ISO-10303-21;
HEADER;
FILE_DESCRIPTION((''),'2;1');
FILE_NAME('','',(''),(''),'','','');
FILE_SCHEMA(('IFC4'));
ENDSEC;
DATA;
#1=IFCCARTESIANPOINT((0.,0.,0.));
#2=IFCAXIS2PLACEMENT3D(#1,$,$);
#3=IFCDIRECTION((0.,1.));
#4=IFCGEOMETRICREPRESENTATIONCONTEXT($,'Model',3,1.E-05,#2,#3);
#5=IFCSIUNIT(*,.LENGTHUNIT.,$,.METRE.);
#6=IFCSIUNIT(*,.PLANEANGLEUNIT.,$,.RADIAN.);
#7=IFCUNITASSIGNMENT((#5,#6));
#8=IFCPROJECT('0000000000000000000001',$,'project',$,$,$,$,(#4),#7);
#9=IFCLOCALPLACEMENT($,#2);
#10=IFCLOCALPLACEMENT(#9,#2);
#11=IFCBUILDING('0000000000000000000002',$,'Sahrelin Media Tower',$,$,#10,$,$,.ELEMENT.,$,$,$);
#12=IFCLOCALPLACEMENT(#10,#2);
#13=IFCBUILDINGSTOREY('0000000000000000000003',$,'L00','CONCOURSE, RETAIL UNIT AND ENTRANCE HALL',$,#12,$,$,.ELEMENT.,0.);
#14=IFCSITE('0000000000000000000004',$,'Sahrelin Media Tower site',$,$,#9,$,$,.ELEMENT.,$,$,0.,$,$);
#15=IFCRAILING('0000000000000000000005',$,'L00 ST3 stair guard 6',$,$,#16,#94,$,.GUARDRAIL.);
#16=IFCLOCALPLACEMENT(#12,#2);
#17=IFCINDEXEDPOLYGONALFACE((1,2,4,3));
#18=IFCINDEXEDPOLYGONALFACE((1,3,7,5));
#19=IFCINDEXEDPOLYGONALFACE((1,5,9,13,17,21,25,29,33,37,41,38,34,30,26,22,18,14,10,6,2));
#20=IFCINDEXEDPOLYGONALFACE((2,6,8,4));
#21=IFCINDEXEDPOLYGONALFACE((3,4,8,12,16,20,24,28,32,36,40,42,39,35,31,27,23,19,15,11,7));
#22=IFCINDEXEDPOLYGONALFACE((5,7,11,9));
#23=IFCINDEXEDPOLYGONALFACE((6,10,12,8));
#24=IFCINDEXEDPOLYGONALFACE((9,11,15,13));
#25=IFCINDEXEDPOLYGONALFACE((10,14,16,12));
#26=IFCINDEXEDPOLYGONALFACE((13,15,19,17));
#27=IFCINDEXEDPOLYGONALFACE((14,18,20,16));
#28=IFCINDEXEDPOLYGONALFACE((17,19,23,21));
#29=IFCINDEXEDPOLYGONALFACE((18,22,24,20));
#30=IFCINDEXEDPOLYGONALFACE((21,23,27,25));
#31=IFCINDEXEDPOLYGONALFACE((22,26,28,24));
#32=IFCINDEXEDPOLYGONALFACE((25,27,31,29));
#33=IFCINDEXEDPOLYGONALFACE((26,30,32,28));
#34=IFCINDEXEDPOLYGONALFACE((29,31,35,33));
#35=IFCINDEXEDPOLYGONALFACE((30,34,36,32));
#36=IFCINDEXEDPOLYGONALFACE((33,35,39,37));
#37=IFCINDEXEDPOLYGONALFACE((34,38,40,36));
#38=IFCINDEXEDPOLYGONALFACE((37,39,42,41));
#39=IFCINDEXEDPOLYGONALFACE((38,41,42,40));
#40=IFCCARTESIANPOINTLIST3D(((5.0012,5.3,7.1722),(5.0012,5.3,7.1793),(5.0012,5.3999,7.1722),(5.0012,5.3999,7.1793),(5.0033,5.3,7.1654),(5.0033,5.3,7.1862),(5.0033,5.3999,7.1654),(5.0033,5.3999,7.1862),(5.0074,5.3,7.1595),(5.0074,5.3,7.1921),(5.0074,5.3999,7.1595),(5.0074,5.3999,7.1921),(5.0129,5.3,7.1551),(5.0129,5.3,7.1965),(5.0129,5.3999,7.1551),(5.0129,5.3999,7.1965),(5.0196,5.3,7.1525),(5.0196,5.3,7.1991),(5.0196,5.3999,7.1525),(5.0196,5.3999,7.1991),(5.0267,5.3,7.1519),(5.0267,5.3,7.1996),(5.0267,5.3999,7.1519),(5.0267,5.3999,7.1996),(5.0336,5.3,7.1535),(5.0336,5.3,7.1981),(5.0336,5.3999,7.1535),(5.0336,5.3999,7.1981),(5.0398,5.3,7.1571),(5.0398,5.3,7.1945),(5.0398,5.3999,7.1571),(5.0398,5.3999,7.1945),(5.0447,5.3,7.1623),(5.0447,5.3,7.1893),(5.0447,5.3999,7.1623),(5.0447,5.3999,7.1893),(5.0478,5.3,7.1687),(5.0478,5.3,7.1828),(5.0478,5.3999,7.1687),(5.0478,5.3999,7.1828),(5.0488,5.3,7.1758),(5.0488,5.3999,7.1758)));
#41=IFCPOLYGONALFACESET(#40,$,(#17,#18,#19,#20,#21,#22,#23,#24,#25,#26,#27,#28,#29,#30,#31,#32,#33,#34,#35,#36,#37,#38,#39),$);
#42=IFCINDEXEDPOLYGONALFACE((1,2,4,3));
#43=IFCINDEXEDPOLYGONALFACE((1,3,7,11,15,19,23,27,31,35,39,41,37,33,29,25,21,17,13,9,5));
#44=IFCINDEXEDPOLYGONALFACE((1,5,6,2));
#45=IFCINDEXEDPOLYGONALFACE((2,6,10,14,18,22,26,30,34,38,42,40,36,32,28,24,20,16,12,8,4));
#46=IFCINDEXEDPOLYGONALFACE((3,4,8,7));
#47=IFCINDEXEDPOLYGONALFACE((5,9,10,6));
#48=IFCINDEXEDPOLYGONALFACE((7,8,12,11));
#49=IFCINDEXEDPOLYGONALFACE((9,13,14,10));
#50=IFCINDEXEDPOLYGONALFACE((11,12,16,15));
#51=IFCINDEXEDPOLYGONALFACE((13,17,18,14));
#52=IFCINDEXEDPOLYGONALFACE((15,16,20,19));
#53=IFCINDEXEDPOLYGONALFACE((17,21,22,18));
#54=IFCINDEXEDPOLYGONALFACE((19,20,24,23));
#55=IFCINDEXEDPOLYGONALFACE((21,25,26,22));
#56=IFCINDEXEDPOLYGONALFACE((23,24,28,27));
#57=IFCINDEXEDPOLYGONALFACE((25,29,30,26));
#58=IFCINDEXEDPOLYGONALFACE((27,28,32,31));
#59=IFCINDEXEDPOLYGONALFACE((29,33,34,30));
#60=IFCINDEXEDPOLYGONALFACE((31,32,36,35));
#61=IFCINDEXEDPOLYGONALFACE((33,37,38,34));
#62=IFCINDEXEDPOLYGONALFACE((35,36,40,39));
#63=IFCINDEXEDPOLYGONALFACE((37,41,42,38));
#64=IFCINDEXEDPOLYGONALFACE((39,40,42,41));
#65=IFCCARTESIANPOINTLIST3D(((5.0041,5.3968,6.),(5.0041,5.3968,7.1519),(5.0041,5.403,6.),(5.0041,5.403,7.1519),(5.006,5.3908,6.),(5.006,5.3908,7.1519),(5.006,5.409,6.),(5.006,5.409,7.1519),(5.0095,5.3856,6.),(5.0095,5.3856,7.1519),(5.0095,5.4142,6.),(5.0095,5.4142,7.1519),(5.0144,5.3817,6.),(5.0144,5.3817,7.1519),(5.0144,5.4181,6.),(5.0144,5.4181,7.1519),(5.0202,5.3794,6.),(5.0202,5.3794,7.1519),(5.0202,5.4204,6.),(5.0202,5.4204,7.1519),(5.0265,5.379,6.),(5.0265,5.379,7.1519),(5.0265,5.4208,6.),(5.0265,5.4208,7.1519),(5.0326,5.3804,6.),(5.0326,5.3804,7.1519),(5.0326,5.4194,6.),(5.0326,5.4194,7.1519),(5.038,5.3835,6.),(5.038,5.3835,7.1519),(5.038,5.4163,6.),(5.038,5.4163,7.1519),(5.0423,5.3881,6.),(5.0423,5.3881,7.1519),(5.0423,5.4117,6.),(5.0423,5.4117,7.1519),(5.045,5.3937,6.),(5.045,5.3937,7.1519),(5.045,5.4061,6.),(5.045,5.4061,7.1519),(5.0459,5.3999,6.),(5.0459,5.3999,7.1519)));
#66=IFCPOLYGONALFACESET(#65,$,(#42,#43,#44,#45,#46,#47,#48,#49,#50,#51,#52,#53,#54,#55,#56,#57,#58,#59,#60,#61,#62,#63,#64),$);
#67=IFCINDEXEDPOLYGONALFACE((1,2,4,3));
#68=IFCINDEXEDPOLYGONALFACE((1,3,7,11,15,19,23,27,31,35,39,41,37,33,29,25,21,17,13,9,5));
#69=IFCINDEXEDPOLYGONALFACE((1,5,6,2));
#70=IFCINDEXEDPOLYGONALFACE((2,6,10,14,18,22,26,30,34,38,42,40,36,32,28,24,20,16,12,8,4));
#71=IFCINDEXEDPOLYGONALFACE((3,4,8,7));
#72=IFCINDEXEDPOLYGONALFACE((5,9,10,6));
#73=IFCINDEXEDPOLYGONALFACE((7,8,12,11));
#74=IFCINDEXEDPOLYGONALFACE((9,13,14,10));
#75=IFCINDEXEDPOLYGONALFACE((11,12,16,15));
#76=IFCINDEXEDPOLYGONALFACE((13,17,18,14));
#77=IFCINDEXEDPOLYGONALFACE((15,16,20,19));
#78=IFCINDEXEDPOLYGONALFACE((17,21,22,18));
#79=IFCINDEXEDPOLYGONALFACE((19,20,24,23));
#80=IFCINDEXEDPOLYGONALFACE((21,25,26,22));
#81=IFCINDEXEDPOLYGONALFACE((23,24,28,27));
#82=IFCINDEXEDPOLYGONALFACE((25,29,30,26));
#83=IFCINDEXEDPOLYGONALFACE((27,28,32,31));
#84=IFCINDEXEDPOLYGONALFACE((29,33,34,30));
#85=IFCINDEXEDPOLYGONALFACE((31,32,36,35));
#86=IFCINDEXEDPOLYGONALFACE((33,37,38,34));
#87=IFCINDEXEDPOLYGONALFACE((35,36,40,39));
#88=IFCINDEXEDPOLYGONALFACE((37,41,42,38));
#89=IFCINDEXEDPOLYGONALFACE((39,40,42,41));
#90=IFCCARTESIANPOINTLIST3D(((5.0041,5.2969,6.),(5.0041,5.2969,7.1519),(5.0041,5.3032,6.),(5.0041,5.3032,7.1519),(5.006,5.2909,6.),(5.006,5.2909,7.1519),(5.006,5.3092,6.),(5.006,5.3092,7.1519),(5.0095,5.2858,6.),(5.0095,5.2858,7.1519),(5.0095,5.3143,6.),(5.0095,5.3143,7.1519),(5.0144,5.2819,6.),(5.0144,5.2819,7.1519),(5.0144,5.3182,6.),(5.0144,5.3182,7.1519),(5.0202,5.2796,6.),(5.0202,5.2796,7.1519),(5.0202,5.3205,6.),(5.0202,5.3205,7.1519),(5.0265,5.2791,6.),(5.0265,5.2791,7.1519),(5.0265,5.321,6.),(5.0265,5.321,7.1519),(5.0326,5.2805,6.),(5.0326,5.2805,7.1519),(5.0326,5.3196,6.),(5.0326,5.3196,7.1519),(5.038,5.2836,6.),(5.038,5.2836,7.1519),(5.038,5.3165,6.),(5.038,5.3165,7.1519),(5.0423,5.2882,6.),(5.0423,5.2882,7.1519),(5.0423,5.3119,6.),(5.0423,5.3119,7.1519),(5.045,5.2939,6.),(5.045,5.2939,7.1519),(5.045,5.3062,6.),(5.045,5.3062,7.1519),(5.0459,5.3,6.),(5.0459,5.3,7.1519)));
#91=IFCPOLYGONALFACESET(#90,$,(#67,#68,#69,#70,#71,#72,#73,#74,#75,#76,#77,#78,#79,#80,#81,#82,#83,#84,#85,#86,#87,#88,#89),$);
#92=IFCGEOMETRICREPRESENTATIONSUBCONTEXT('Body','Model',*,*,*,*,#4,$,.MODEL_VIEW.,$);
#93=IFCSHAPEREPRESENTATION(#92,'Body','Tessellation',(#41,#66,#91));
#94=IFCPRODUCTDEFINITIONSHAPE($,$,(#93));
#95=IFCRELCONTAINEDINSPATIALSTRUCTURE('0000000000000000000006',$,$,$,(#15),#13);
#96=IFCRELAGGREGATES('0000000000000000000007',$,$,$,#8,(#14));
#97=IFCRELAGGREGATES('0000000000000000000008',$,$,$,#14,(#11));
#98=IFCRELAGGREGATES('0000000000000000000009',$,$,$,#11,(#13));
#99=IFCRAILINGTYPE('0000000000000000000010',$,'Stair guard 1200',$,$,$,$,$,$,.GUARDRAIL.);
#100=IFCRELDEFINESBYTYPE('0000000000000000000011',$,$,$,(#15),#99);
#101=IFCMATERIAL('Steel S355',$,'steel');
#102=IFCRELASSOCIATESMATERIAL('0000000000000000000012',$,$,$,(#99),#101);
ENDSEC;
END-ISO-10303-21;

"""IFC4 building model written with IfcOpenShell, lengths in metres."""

from ifc_helpers import new_model, si_unit, direction, frame, origin, origin_2d, place, context, subcontext, project, spatial, circle, extrude, material, type_object, element, save


model = new_model("IFC4")

# Units and contexts
model_context = context("Model", 3, precision=1e-05, world=origin(), true_north=direction((0.0, 1.0)))
body_context = subcontext(model_context, "Body", "Model", "MODEL_VIEW")
ifc_project = project(units=[si_unit("LENGTHUNIT", "METRE"), si_unit("PLANEANGLEUNIT", "RADIAN")], contexts=[model_context])

# Site, building, storey
site_placement = place(None, origin())
site = spatial("IfcSite", under=ifc_project, at=site_placement, Name="Sahrelin Media Tower site", CompositionType="ELEMENT", RefElevation=0.0)
building_placement = place(site_placement, origin())
building = spatial("IfcBuilding", under=site, at=building_placement, Name="Sahrelin Media Tower", CompositionType="ELEMENT")
storey_placement = place(building_placement, origin())
storey = spatial("IfcBuildingStorey", under=building, at=storey_placement, Name="L00", Description="CONCOURSE, RETAIL UNIT AND ENTRANCE HALL", CompositionType="ELEMENT", Elevation=0.0)

# Shared definitions
ifc_material_1 = material(Name="Steel S355", Category="steel")

# Railing
railing_type_1 = type_object("IfcRailingType", Name="Stair guard 1200", PredefinedType="GUARDRAIL", material=ifc_material_1)
railing_1_placement = place(storey_placement, frame((5.0249, 5.3999, 6.0)))
element("IfcRailing", 1, at=railing_1_placement, inside=storey, type_object=railing_type_1, Name="L00 ST3 stair guard 6", PredefinedType="GUARDRAIL", context=body_context, shape_type="SweptSolid", body=[
    extrude(circle(Radius=0.0239, at=origin_2d()), frame((0.0, 0.0, 1.1758), z_axis=(0.0, -1.0, 0.0), x_axis=(1.0, 0.0, 0.0)), (0.0, 0.0, 1.0), 0.0999),
    extrude(circle(Radius=0.021, at=origin_2d()), origin(), (0.0, 0.0, 1.0), 1.1519),
    extrude(circle(Radius=0.021, at=origin_2d()), frame((0.0, -0.0999, 0.0)), (0.0, 0.0, 1.0), 1.1519),
])

save(model, "model.ifc")
